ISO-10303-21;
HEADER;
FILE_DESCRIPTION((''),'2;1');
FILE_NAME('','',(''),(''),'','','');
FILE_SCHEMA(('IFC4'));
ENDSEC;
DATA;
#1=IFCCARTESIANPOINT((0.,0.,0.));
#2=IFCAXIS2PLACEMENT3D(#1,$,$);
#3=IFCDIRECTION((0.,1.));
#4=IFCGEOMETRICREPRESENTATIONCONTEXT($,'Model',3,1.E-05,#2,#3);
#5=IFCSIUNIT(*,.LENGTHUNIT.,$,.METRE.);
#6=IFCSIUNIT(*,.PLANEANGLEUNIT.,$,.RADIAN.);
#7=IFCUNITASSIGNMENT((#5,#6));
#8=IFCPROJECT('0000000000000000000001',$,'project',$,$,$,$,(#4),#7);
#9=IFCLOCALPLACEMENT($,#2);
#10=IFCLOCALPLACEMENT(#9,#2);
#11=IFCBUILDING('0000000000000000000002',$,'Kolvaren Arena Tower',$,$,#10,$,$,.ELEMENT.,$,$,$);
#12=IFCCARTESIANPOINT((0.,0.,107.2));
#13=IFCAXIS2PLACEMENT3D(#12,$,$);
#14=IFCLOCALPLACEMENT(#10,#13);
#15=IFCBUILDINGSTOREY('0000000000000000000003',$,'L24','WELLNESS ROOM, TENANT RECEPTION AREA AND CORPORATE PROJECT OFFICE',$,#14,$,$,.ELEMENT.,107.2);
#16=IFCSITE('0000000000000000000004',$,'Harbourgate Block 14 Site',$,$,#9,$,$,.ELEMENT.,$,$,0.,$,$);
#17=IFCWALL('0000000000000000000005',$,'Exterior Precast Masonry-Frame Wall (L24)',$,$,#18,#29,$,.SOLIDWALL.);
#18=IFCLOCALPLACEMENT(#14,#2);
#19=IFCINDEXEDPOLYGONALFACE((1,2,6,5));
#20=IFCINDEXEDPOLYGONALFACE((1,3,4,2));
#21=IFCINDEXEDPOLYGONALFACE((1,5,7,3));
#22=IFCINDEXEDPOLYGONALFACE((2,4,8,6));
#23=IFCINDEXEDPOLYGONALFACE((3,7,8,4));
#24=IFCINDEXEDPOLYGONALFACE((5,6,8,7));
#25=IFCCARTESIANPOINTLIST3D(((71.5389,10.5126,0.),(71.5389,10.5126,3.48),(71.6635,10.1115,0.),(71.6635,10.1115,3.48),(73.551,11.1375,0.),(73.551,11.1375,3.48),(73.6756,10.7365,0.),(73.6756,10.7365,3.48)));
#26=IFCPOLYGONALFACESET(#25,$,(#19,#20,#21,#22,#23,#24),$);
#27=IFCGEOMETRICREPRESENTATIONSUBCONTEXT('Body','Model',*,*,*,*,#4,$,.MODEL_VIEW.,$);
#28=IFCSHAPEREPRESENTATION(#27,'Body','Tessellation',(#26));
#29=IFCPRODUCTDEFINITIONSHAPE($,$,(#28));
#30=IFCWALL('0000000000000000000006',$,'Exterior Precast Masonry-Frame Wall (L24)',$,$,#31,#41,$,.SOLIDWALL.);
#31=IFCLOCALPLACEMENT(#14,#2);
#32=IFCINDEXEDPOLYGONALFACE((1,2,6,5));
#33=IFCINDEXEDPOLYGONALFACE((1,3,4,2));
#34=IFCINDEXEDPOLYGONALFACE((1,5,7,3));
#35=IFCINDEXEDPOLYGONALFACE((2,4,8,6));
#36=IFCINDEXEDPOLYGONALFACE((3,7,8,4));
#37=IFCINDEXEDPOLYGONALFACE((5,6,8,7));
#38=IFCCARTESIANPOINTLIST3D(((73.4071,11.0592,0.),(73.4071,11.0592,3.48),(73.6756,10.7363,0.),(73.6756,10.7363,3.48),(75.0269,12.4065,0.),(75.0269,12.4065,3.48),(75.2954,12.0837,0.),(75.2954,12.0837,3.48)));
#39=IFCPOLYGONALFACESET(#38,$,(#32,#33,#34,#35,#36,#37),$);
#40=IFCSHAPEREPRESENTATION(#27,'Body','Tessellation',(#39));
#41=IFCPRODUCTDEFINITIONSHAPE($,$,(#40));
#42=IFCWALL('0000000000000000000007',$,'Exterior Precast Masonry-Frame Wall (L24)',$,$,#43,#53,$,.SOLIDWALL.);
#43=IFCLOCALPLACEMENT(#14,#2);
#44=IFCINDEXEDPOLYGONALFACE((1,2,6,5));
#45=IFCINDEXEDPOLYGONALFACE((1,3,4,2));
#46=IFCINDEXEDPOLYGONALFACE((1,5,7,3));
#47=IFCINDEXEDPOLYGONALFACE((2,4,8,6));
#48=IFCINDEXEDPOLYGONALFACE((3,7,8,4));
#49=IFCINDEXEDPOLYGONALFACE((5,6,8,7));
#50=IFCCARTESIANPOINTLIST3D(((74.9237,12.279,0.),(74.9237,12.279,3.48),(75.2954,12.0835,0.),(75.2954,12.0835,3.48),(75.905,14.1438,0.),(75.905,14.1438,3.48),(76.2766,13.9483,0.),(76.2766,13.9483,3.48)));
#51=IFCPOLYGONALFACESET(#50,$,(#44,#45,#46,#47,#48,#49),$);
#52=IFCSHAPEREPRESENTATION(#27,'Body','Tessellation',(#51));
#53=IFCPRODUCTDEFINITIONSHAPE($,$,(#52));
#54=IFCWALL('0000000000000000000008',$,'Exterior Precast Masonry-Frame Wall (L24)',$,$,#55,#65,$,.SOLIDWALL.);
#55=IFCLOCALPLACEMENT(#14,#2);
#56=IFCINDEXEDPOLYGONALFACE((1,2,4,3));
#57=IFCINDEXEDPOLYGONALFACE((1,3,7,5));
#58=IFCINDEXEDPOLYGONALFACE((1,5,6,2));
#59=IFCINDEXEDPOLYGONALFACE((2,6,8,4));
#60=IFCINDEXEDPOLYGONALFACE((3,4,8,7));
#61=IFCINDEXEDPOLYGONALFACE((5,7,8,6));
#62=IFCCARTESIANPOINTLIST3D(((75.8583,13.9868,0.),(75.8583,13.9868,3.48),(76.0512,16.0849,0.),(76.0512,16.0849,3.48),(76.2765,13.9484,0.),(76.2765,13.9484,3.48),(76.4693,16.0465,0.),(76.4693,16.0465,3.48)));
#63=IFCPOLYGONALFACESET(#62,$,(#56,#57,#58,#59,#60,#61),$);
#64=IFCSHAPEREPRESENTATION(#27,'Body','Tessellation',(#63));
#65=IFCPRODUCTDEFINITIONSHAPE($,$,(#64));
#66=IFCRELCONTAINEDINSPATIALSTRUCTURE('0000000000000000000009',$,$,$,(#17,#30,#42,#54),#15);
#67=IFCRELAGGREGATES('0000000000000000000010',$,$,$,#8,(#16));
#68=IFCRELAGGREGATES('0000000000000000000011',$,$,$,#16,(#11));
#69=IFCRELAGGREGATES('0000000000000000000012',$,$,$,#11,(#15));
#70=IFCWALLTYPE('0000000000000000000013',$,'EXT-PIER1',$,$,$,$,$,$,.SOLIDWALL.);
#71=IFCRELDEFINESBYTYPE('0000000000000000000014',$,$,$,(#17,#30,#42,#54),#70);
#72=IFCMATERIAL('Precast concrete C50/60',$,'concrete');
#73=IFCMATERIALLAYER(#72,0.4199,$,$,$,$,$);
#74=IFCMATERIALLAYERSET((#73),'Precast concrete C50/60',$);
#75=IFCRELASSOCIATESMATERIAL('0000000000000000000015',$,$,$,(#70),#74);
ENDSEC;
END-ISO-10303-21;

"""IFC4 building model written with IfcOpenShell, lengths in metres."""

from ifc_helpers import new_model, si_unit, direction, frame, frame_2d, origin, place, context, subcontext, project, spatial, rectangle, extrude, material, layer, layer_set, type_object, element, save


model = new_model("IFC4")

# Units and contexts
model_context = context("Model", 3, precision=1e-05, world=origin(), true_north=direction((0.0, 1.0)))
body_context = subcontext(model_context, "Body", "Model", "MODEL_VIEW")
ifc_project = project(units=[si_unit("LENGTHUNIT", "METRE"), si_unit("PLANEANGLEUNIT", "RADIAN")], contexts=[model_context])

# Site, building, storey
site_placement = place(None, origin())
site = spatial("IfcSite", under=ifc_project, at=site_placement, Name="Harbourgate Block 14 Site", CompositionType="ELEMENT", RefElevation=0.0)
building_placement = place(site_placement, origin())
building = spatial("IfcBuilding", under=site, at=building_placement, Name="Kolvaren Arena Tower", CompositionType="ELEMENT")
storey_placement = place(building_placement, frame((0.0, 0.0, 107.2)))
storey = spatial("IfcBuildingStorey", under=building, at=storey_placement, Name="L24", Description="WELLNESS ROOM, TENANT RECEPTION AREA AND CORPORATE PROJECT OFFICE", CompositionType="ELEMENT", Elevation=107.2)

# Walls
ifc_material_1 = material(Name="Precast concrete C50/60", Category="concrete")
ifc_layer_1 = layer(ifc_material_1, 0.4199)
ifc_layer_set_1 = layer_set([ifc_layer_1], Name="Precast concrete C50/60")
wall_type_1 = type_object("IfcWallType", Name="EXT-PIER1", PredefinedType="SOLIDWALL", material=ifc_layer_set_1)
for number, where, z_axis, x_axis, name in (
    (1, (73.6133, 10.937, 0.0), (0.0, 0.0, 1.0), (-0.954994, -0.296625, 0.0), "Exterior Precast Masonry-Frame Wall (L24)"),
    (2, (75.1611, 12.2451, 0.0), (0.0, 0.0, 1.0), (-0.7688, -0.639489, 0.0), "Exterior Precast Masonry-Frame Wall (L24)"),
):
    element("IfcWall", number, at=place(storey_placement, frame(where, z_axis=z_axis, x_axis=x_axis)), inside=storey, type_object=wall_type_1, Name=name, PredefinedType="SOLIDWALL", context=body_context, shape_type="SweptSolid", body=[
        extrude(rectangle(XDim=2.1069, YDim=0.4199, at=frame_2d((1.0535, 0.0))), origin(), (0.0, 0.0, 1.0), 3.48),
    ])
wall_1_placement = place(storey_placement, frame((76.0908, 14.0461, 0.0), z_axis=(0.0, 0.0, 1.0), x_axis=(-0.465656, -0.884966, 0.0)))
element("IfcWall", 3, at=wall_1_placement, inside=storey, type_object=wall_type_1, Name="Exterior Precast Masonry-Frame Wall (L24)", PredefinedType="SOLIDWALL", context=body_context, shape_type="SweptSolid", body=[
    extrude(rectangle(XDim=2.1072, YDim=0.4199, at=frame_2d((1.0537, 0.0))), origin(), (0.0, 0.0, 1.0), 3.48),
])
wall_2_placement = place(storey_placement, frame((76.2603, 16.0657, 0.0), z_axis=(0.0, 0.0, 1.0), x_axis=(-0.091539, -0.995802, 0.0)))
element("IfcWall", 4, at=wall_2_placement, inside=storey, type_object=wall_type_1, Name="Exterior Precast Masonry-Frame Wall (L24)", PredefinedType="SOLIDWALL", context=body_context, shape_type="SweptSolid", body=[
    extrude(rectangle(XDim=2.1069, YDim=0.4199, at=frame_2d((1.0535, 0.0))), origin(), (0.0, 0.0, 1.0), 3.48),
])

save(model, "model.ifc")
